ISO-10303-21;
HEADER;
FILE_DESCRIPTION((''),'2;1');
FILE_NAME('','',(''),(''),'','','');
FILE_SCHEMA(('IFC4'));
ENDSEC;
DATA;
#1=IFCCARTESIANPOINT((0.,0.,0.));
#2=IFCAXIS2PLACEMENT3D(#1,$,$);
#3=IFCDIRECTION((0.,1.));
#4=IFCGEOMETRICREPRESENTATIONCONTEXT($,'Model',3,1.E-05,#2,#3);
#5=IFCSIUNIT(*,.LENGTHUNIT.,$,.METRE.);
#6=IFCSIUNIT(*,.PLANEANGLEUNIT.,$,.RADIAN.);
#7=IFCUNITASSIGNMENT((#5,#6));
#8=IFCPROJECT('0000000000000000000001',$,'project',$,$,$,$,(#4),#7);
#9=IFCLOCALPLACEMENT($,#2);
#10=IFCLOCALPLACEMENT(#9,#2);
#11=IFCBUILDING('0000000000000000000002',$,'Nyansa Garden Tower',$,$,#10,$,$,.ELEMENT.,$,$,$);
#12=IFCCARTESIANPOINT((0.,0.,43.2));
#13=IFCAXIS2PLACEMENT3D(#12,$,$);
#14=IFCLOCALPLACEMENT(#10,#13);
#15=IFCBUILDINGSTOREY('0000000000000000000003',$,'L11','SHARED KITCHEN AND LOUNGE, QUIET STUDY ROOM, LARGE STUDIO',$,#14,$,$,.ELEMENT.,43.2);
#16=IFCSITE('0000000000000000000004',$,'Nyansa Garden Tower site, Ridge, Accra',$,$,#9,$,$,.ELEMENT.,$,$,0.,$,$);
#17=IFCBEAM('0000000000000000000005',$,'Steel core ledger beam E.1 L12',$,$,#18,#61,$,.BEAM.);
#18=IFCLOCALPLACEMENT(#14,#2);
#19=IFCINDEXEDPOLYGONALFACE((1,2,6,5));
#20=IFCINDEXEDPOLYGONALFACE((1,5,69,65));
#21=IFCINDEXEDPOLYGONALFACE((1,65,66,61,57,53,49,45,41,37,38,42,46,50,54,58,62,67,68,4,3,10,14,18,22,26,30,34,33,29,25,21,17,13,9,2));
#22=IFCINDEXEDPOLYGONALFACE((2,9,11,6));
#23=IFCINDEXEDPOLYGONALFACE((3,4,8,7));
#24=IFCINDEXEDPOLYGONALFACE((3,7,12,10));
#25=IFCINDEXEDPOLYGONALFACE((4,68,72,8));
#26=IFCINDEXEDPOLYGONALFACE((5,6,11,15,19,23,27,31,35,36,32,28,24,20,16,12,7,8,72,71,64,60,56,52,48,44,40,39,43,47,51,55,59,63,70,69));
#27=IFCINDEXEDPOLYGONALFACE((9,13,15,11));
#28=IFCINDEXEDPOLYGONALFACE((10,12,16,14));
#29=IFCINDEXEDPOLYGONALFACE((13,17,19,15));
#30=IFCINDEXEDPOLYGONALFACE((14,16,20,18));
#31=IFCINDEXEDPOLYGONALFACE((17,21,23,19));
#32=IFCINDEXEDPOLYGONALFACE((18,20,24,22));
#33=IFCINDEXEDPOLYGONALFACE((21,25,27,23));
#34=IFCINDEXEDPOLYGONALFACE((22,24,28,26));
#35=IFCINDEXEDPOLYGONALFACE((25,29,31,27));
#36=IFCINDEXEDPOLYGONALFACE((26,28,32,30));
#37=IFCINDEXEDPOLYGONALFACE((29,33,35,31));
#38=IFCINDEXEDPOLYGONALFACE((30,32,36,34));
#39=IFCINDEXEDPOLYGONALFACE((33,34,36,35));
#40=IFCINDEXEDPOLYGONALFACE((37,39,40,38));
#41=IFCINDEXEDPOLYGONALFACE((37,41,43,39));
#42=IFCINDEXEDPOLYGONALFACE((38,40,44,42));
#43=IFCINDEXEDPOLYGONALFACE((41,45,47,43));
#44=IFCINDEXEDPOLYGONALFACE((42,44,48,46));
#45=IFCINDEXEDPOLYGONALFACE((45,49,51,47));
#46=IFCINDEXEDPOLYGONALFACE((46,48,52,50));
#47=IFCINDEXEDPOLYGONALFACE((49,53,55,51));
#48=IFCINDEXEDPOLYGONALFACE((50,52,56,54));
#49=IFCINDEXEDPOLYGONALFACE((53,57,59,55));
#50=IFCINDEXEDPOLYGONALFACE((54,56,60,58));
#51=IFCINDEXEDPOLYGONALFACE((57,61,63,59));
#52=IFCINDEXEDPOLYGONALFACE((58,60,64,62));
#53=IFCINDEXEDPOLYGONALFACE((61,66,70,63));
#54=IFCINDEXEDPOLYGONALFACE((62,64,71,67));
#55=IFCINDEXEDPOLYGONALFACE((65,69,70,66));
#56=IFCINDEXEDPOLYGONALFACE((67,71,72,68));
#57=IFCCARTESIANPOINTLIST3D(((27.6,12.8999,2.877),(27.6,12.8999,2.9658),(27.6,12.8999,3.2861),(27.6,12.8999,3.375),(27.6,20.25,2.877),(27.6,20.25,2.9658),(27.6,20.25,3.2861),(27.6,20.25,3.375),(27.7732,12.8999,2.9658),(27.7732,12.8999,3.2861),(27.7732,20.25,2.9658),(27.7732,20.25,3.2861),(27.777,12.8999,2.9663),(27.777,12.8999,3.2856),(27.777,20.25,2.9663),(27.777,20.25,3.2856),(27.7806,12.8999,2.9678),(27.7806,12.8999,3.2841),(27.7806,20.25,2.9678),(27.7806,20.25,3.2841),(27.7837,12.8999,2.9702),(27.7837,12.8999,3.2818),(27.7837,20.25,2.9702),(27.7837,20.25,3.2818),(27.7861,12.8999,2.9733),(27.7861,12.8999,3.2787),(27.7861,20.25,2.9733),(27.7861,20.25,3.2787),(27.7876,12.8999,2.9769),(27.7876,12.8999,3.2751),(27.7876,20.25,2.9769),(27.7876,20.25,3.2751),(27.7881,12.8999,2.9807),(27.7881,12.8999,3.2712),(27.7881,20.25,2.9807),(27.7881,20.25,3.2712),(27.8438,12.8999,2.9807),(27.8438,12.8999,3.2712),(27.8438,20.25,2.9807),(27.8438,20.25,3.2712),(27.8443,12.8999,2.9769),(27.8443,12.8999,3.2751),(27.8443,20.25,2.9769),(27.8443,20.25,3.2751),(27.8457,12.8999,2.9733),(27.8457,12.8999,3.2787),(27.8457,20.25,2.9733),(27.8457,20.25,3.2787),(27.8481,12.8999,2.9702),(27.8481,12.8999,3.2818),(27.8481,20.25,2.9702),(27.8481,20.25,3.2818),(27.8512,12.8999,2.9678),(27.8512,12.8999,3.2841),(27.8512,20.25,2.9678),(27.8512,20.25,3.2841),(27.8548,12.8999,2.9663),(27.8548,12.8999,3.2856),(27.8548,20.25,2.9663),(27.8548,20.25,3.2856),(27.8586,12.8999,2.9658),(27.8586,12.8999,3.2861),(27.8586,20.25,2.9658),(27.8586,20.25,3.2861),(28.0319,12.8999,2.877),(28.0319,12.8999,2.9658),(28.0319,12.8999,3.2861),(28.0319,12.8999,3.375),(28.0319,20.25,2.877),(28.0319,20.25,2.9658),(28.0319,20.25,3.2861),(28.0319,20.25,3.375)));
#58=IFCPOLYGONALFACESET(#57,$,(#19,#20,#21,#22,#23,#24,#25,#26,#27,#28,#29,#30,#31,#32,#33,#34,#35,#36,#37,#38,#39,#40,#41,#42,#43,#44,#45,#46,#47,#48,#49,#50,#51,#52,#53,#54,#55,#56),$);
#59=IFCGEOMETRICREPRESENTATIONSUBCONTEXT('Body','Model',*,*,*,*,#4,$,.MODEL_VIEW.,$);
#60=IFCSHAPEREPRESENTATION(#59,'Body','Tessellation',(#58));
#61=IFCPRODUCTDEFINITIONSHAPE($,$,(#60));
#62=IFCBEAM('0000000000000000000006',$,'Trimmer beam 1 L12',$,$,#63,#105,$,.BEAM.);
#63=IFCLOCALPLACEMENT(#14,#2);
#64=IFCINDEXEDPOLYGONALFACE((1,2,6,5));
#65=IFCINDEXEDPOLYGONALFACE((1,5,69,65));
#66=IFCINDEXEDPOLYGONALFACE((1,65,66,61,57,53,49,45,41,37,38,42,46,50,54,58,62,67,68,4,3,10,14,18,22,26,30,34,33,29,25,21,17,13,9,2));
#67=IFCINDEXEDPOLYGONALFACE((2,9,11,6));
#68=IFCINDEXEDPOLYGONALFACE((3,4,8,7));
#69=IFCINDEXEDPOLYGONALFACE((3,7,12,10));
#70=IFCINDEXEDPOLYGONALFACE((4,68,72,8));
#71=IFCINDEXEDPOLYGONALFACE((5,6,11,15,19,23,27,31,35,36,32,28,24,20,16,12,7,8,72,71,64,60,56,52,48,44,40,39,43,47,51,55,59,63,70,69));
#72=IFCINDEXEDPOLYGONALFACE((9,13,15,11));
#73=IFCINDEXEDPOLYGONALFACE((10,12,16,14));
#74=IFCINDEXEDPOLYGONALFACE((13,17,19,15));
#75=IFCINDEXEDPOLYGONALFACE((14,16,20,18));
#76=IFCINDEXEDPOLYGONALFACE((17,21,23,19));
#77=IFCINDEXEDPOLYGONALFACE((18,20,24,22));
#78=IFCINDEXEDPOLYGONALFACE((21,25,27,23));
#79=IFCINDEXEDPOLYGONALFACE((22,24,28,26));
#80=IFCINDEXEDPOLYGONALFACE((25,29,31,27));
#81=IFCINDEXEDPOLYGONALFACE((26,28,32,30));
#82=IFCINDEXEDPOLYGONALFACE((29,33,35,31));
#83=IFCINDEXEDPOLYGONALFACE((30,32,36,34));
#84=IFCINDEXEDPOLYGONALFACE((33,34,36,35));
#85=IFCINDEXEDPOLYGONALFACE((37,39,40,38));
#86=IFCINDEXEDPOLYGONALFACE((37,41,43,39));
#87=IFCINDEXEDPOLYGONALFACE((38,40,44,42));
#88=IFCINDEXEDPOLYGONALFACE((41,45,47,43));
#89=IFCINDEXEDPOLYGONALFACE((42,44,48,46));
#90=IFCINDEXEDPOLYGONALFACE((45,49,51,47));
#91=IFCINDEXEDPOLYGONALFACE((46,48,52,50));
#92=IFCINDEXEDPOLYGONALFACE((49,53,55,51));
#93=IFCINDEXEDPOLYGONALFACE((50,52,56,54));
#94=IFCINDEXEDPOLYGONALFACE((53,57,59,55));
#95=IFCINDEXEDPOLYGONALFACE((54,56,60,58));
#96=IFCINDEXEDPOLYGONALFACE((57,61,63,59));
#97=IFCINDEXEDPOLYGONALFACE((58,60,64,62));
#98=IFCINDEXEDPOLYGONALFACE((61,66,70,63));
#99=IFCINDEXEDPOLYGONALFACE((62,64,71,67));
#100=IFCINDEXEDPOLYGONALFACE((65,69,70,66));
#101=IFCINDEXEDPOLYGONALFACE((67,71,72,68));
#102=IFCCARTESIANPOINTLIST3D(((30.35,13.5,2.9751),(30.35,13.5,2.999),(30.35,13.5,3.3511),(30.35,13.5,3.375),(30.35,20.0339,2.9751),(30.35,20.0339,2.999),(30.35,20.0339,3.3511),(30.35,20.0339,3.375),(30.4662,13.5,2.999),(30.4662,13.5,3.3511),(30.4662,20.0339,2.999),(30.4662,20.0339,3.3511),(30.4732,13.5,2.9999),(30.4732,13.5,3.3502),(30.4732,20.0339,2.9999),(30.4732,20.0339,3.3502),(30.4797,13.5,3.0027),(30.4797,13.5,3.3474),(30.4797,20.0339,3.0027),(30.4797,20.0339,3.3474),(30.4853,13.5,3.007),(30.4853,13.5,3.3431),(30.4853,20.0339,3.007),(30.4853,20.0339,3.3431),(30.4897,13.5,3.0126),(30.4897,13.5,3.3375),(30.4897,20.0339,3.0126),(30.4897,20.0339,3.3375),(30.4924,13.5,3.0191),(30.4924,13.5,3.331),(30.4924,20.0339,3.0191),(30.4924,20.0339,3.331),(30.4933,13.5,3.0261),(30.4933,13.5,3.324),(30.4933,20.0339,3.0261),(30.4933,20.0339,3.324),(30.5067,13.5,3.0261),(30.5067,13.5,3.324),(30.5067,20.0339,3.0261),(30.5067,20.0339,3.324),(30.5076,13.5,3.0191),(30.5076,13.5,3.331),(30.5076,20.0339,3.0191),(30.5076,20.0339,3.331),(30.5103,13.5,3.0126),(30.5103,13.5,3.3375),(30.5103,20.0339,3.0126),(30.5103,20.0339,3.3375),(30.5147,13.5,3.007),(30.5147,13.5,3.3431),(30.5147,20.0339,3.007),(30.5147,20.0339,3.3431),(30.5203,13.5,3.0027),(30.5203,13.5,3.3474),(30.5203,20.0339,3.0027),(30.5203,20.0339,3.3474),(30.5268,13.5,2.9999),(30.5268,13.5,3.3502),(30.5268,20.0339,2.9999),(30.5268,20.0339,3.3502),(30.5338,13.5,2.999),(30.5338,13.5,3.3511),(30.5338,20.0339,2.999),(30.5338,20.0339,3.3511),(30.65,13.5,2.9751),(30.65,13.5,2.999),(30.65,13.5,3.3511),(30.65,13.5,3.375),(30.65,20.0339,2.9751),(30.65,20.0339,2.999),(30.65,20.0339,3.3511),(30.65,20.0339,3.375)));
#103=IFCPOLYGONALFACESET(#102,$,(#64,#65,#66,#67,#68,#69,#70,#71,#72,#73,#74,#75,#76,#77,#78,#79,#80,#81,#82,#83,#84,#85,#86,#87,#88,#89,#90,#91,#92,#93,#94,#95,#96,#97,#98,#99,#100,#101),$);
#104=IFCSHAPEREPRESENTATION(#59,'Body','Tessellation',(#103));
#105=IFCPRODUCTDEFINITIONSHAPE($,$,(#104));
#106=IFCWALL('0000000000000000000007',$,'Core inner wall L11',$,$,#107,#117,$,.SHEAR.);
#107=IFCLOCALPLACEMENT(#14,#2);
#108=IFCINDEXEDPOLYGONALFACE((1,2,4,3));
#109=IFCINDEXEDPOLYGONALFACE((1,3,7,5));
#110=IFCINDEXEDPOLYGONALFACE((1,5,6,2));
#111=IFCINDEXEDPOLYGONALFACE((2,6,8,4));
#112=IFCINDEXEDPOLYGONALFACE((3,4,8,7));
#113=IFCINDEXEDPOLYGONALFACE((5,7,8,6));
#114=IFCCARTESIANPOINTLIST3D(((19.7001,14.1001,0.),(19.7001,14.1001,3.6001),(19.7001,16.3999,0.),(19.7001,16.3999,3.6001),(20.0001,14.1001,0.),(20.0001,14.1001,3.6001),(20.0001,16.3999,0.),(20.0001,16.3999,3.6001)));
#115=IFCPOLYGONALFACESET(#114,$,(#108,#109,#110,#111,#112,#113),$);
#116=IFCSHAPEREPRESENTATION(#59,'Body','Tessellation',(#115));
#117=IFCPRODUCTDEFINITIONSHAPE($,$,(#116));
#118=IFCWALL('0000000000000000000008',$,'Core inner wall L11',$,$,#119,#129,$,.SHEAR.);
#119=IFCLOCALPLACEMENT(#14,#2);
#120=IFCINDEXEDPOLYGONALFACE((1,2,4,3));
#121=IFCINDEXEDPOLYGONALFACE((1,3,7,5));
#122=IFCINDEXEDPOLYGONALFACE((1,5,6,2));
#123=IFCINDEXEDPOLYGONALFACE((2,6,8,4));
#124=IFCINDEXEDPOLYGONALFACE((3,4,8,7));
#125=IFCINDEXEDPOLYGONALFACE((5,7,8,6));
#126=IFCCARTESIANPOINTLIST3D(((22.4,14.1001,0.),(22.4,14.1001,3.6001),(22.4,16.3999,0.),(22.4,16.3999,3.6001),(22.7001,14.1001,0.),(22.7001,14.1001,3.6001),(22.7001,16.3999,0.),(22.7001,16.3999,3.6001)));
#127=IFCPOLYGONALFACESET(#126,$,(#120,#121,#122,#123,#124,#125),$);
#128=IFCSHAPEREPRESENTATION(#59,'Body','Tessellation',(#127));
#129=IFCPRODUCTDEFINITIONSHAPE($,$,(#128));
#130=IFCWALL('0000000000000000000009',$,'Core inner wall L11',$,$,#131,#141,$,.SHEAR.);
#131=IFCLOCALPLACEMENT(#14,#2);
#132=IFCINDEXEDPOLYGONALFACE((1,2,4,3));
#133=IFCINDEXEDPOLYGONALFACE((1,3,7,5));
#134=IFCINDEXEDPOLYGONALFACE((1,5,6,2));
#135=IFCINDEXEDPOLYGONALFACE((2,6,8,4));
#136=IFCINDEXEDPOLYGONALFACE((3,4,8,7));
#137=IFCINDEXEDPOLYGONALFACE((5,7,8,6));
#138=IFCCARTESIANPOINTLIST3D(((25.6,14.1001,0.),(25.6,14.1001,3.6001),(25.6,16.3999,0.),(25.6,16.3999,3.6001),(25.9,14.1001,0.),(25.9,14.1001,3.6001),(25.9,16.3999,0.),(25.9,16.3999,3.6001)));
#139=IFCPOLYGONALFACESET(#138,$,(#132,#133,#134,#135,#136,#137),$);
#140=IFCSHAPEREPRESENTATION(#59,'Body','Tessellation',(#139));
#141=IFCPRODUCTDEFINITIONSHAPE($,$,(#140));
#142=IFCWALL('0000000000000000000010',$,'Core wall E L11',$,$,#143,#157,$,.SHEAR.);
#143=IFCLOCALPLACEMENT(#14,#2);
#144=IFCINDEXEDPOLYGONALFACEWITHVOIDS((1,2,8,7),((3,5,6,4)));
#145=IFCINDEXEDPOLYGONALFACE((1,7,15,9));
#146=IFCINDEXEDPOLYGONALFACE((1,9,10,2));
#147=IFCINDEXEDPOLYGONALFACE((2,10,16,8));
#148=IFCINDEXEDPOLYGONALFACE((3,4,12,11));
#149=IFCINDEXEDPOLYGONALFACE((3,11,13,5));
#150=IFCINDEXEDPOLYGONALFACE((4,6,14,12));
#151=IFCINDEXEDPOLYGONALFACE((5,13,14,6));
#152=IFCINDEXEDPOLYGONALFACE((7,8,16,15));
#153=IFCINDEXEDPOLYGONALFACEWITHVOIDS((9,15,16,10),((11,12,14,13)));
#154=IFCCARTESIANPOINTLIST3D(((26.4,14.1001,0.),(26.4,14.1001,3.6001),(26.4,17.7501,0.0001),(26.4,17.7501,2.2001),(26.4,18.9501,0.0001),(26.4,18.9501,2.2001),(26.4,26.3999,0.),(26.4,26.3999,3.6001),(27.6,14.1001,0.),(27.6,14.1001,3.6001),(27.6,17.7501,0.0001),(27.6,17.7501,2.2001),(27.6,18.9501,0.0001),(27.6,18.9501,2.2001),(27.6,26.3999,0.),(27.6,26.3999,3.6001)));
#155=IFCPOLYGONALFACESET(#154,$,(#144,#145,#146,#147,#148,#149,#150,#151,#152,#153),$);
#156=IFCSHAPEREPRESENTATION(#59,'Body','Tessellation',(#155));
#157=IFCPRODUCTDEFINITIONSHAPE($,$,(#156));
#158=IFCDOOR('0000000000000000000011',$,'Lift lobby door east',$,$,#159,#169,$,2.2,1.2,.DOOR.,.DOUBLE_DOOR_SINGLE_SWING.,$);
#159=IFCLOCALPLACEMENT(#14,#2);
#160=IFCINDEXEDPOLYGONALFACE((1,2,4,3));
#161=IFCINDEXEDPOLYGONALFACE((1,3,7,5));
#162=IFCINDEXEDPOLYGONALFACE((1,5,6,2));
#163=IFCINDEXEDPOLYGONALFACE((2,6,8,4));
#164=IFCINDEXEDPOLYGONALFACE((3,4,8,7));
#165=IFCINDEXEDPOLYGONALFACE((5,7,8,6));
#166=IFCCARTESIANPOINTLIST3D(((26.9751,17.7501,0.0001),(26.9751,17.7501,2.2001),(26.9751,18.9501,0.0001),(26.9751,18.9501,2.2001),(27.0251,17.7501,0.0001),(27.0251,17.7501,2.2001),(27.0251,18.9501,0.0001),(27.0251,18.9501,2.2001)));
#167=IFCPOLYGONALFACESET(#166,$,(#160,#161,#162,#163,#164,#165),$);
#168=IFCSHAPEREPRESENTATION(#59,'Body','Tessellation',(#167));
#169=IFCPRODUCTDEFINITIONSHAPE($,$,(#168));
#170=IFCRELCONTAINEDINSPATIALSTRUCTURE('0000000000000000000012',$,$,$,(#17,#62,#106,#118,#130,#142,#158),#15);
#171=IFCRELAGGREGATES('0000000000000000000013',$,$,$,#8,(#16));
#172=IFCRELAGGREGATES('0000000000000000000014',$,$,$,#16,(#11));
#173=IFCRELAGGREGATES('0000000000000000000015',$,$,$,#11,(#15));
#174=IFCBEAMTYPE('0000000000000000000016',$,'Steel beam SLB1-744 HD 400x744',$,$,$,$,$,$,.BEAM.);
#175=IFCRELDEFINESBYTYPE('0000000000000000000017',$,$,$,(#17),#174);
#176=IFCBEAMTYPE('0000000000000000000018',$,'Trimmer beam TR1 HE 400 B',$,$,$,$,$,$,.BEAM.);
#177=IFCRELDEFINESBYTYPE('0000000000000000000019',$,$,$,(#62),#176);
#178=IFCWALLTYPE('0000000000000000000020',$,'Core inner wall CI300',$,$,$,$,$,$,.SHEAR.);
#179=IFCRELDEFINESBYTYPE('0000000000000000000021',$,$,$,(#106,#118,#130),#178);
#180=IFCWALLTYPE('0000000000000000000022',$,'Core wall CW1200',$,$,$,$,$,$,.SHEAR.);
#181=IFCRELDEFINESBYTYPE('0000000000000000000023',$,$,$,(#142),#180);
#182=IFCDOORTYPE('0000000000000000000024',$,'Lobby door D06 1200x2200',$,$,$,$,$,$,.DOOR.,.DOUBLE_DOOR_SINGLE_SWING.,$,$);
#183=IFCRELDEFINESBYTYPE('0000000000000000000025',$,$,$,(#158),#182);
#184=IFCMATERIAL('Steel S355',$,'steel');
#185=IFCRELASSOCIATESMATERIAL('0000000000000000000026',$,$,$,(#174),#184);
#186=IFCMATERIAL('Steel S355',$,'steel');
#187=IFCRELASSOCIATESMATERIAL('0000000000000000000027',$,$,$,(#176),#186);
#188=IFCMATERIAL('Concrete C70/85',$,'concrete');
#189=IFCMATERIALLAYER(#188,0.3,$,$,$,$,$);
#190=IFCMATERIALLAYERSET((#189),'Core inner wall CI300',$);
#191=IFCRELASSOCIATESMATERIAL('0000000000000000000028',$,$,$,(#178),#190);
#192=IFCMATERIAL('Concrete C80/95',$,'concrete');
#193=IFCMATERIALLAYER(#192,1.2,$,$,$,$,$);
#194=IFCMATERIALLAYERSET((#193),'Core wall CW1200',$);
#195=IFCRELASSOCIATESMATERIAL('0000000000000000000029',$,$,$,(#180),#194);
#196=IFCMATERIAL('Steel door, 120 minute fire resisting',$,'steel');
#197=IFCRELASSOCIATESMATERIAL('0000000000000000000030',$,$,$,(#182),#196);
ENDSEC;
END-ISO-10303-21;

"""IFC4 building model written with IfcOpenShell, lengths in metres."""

from ifc_helpers import new_model, si_unit, direction, frame, frame_2d, origin, origin_2d, place, context, subcontext, project, spatial, rectangle, i_section, extrude, material, layer, layer_set, material_profile, profile_set, type_object, element, fill, save


model = new_model("IFC4")

# Units and contexts
model_context = context("Model", 3, precision=1e-05, world=origin(), true_north=direction((0.0, 1.0)))
body_context = subcontext(model_context, "Body", "Model", "MODEL_VIEW")
ifc_project = project(units=[si_unit("LENGTHUNIT", "METRE"), si_unit("PLANEANGLEUNIT", "RADIAN")], contexts=[model_context])

# Site, building, storey
site_placement = place(None, origin())
site = spatial("IfcSite", under=ifc_project, at=site_placement, Name="Nyansa Garden Tower site, Ridge, Accra", CompositionType="ELEMENT", RefElevation=0.0)
building_placement = place(site_placement, origin())
building = spatial("IfcBuilding", under=site, at=building_placement, Name="Nyansa Garden Tower", CompositionType="ELEMENT")
storey_placement = place(building_placement, frame((0.0, 0.0, 43.2)))
storey = spatial("IfcBuildingStorey", under=building, at=storey_placement, Name="L11", Description="SHARED KITCHEN AND LOUNGE, QUIET STUDY ROOM, LARGE STUDIO", CompositionType="ELEMENT", Elevation=43.2)

# Beams
ifc_material_1 = material(Name="Steel S355", Category="steel")
ifc_material_profile_1 = material_profile(ifc_material_1, i_section(OverallWidth=0.4319, OverallDepth=0.498, WebThickness=0.0557, FlangeThickness=0.0889, FilletRadius=0.0149, at=origin_2d()), Name="HD 400x744")
ifc_profile_set_1 = profile_set([ifc_material_profile_1], Name="Steel S355")
beam_type_1 = type_object("IfcBeamType", Name="Steel beam SLB1-744 HD 400x744", PredefinedType="BEAM", material=ifc_profile_set_1)
beam_1_placement = place(storey_placement, frame((27.8159, 12.8999, 3.126), z_axis=(0.0, 1.0, 0.0), x_axis=(-1.0, 0.0, 0.0)))
element("IfcBeam", 1, at=beam_1_placement, inside=storey, type_object=beam_type_1, Name="Steel core ledger beam E.1 L12", PredefinedType="BEAM", context=body_context, shape_type="SweptSolid", body=[
    extrude(i_section(OverallWidth=0.4319, OverallDepth=0.498, WebThickness=0.0557, FlangeThickness=0.0889, FilletRadius=0.0149, at=origin_2d()), origin(), (0.0, 0.0, 1.0), 7.3501),
])
ifc_material_2 = material(Name="Steel S355", Category="steel")
ifc_material_profile_2 = material_profile(ifc_material_2, i_section(OverallWidth=0.3, OverallDepth=0.3999, WebThickness=0.0134, FlangeThickness=0.0239, FilletRadius=0.0271, at=origin_2d()), Name="HE 400 B")
ifc_profile_set_2 = profile_set([ifc_material_profile_2], Name="Steel S355")
beam_type_2 = type_object("IfcBeamType", Name="Trimmer beam TR1 HE 400 B", PredefinedType="BEAM", material=ifc_profile_set_2)
beam_2_placement = place(storey_placement, frame((30.5, 13.5, 3.175), z_axis=(0.0, 1.0, 0.0), x_axis=(-1.0, 0.0, 0.0)))
element("IfcBeam", 2, at=beam_2_placement, inside=storey, type_object=beam_type_2, Name="Trimmer beam 1 L12", PredefinedType="BEAM", context=body_context, shape_type="SweptSolid", body=[
    extrude(i_section(OverallWidth=0.3, OverallDepth=0.3999, WebThickness=0.0134, FlangeThickness=0.0239, FilletRadius=0.0271, at=origin_2d()), origin(), (0.0, 0.0, 1.0), 6.5339),
])

# Walls
ifc_material_3 = material(Name="Concrete C70/85", Category="concrete")
ifc_layer_1 = layer(ifc_material_3, 0.3)
ifc_layer_set_1 = layer_set([ifc_layer_1], Name="Core inner wall CI300")
wall_type_1 = type_object("IfcWallType", Name="Core inner wall CI300", PredefinedType="SHEAR", material=ifc_layer_set_1)
for number, where, z_axis, x_axis, name in (
    (3, (19.8501, 14.1001, 0.0), (0.0, 0.0, 1.0), (0.0, 1.0, 0.0), "Core inner wall L11"),
    (4, (22.55, 14.1001, 0.0), (0.0, 0.0, 1.0), (0.0, 1.0, 0.0), "Core inner wall L11"),
    (5, (25.75, 14.1001, 0.0), (0.0, 0.0, 1.0), (0.0, 1.0, 0.0), "Core inner wall L11"),
):
    element("IfcWall", number, at=place(storey_placement, frame(where, z_axis=z_axis, x_axis=x_axis)), inside=storey, type_object=wall_type_1, Name=name, PredefinedType="SHEAR", context=body_context, shape_type="SweptSolid", body=[
        extrude(rectangle(XDim=2.2998, YDim=0.3, at=frame_2d((1.1499, 0.0))), origin(), (0.0, 0.0, 1.0), 3.6001),
    ])

# Wall, opening, door
ifc_material_4 = material(Name="Concrete C80/95", Category="concrete")
ifc_layer_2 = layer(ifc_material_4, 1.2)
ifc_layer_set_2 = layer_set([ifc_layer_2], Name="Core wall CW1200")
wall_type_2 = type_object("IfcWallType", Name="Core wall CW1200", PredefinedType="SHEAR", material=ifc_layer_set_2)
wall_1_placement = place(storey_placement, frame((27.0, 14.1001, 0.0), z_axis=(0.0, 0.0, 1.0), x_axis=(0.0, 1.0, 0.0)))
wall_1 = element("IfcWall", 6, at=wall_1_placement, inside=storey, type_object=wall_type_2, Name="Core wall E L11", PredefinedType="SHEAR", context=body_context, shape_type="SweptSolid", body=[
    extrude(rectangle(XDim=12.2998, YDim=1.2, at=frame_2d((6.1499, 0.0))), origin(), (0.0, 0.0, 1.0), 3.6001),
])
opening_1_placement = place(wall_1_placement, frame((3.6499, 0.0, 0.0)))
opening_1 = element("IfcOpeningElement", 7, at=opening_1_placement, cuts=wall_1, PredefinedType="OPENING", context=body_context, shape_type="SweptSolid", body=[
    extrude(rectangle(XDim=1.2, YDim=2.2, at=frame_2d((0.6001, 1.1001))), frame((0.0, 0.6099, 0.0), z_axis=(0.0, -1.0, 0.0), x_axis=(1.0, 0.0, 0.0)), (0.0, 0.0, 1.0), 1.22),
])
ifc_material_5 = material(Name="Steel door, 120 minute fire resisting", Category="steel")
door_type_1 = type_object("IfcDoorType", Name="Lobby door D06 1200x2200", OperationType="DOUBLE_DOOR_SINGLE_SWING", PredefinedType="DOOR", material=ifc_material_5)
door_1_placement = place(opening_1_placement, origin())
door_1 = element("IfcDoor", 8, at=door_1_placement, inside=storey, type_object=door_type_1, Name="Lift lobby door east", OperationType="DOUBLE_DOOR_SINGLE_SWING", OverallHeight=2.2, OverallWidth=1.2, PredefinedType="DOOR", context=body_context, shape_type="SweptSolid", body=[
    extrude(rectangle(XDim=1.2, YDim=2.2, at=frame_2d((0.6001, 1.1001))), frame((0.0, 0.0249, 0.0), z_axis=(0.0, -1.0, 0.0), x_axis=(1.0, 0.0, 0.0)), (0.0, 0.0, 1.0), 0.05),
])
fill(opening_1, door_1)

save(model, "model.ifc")
